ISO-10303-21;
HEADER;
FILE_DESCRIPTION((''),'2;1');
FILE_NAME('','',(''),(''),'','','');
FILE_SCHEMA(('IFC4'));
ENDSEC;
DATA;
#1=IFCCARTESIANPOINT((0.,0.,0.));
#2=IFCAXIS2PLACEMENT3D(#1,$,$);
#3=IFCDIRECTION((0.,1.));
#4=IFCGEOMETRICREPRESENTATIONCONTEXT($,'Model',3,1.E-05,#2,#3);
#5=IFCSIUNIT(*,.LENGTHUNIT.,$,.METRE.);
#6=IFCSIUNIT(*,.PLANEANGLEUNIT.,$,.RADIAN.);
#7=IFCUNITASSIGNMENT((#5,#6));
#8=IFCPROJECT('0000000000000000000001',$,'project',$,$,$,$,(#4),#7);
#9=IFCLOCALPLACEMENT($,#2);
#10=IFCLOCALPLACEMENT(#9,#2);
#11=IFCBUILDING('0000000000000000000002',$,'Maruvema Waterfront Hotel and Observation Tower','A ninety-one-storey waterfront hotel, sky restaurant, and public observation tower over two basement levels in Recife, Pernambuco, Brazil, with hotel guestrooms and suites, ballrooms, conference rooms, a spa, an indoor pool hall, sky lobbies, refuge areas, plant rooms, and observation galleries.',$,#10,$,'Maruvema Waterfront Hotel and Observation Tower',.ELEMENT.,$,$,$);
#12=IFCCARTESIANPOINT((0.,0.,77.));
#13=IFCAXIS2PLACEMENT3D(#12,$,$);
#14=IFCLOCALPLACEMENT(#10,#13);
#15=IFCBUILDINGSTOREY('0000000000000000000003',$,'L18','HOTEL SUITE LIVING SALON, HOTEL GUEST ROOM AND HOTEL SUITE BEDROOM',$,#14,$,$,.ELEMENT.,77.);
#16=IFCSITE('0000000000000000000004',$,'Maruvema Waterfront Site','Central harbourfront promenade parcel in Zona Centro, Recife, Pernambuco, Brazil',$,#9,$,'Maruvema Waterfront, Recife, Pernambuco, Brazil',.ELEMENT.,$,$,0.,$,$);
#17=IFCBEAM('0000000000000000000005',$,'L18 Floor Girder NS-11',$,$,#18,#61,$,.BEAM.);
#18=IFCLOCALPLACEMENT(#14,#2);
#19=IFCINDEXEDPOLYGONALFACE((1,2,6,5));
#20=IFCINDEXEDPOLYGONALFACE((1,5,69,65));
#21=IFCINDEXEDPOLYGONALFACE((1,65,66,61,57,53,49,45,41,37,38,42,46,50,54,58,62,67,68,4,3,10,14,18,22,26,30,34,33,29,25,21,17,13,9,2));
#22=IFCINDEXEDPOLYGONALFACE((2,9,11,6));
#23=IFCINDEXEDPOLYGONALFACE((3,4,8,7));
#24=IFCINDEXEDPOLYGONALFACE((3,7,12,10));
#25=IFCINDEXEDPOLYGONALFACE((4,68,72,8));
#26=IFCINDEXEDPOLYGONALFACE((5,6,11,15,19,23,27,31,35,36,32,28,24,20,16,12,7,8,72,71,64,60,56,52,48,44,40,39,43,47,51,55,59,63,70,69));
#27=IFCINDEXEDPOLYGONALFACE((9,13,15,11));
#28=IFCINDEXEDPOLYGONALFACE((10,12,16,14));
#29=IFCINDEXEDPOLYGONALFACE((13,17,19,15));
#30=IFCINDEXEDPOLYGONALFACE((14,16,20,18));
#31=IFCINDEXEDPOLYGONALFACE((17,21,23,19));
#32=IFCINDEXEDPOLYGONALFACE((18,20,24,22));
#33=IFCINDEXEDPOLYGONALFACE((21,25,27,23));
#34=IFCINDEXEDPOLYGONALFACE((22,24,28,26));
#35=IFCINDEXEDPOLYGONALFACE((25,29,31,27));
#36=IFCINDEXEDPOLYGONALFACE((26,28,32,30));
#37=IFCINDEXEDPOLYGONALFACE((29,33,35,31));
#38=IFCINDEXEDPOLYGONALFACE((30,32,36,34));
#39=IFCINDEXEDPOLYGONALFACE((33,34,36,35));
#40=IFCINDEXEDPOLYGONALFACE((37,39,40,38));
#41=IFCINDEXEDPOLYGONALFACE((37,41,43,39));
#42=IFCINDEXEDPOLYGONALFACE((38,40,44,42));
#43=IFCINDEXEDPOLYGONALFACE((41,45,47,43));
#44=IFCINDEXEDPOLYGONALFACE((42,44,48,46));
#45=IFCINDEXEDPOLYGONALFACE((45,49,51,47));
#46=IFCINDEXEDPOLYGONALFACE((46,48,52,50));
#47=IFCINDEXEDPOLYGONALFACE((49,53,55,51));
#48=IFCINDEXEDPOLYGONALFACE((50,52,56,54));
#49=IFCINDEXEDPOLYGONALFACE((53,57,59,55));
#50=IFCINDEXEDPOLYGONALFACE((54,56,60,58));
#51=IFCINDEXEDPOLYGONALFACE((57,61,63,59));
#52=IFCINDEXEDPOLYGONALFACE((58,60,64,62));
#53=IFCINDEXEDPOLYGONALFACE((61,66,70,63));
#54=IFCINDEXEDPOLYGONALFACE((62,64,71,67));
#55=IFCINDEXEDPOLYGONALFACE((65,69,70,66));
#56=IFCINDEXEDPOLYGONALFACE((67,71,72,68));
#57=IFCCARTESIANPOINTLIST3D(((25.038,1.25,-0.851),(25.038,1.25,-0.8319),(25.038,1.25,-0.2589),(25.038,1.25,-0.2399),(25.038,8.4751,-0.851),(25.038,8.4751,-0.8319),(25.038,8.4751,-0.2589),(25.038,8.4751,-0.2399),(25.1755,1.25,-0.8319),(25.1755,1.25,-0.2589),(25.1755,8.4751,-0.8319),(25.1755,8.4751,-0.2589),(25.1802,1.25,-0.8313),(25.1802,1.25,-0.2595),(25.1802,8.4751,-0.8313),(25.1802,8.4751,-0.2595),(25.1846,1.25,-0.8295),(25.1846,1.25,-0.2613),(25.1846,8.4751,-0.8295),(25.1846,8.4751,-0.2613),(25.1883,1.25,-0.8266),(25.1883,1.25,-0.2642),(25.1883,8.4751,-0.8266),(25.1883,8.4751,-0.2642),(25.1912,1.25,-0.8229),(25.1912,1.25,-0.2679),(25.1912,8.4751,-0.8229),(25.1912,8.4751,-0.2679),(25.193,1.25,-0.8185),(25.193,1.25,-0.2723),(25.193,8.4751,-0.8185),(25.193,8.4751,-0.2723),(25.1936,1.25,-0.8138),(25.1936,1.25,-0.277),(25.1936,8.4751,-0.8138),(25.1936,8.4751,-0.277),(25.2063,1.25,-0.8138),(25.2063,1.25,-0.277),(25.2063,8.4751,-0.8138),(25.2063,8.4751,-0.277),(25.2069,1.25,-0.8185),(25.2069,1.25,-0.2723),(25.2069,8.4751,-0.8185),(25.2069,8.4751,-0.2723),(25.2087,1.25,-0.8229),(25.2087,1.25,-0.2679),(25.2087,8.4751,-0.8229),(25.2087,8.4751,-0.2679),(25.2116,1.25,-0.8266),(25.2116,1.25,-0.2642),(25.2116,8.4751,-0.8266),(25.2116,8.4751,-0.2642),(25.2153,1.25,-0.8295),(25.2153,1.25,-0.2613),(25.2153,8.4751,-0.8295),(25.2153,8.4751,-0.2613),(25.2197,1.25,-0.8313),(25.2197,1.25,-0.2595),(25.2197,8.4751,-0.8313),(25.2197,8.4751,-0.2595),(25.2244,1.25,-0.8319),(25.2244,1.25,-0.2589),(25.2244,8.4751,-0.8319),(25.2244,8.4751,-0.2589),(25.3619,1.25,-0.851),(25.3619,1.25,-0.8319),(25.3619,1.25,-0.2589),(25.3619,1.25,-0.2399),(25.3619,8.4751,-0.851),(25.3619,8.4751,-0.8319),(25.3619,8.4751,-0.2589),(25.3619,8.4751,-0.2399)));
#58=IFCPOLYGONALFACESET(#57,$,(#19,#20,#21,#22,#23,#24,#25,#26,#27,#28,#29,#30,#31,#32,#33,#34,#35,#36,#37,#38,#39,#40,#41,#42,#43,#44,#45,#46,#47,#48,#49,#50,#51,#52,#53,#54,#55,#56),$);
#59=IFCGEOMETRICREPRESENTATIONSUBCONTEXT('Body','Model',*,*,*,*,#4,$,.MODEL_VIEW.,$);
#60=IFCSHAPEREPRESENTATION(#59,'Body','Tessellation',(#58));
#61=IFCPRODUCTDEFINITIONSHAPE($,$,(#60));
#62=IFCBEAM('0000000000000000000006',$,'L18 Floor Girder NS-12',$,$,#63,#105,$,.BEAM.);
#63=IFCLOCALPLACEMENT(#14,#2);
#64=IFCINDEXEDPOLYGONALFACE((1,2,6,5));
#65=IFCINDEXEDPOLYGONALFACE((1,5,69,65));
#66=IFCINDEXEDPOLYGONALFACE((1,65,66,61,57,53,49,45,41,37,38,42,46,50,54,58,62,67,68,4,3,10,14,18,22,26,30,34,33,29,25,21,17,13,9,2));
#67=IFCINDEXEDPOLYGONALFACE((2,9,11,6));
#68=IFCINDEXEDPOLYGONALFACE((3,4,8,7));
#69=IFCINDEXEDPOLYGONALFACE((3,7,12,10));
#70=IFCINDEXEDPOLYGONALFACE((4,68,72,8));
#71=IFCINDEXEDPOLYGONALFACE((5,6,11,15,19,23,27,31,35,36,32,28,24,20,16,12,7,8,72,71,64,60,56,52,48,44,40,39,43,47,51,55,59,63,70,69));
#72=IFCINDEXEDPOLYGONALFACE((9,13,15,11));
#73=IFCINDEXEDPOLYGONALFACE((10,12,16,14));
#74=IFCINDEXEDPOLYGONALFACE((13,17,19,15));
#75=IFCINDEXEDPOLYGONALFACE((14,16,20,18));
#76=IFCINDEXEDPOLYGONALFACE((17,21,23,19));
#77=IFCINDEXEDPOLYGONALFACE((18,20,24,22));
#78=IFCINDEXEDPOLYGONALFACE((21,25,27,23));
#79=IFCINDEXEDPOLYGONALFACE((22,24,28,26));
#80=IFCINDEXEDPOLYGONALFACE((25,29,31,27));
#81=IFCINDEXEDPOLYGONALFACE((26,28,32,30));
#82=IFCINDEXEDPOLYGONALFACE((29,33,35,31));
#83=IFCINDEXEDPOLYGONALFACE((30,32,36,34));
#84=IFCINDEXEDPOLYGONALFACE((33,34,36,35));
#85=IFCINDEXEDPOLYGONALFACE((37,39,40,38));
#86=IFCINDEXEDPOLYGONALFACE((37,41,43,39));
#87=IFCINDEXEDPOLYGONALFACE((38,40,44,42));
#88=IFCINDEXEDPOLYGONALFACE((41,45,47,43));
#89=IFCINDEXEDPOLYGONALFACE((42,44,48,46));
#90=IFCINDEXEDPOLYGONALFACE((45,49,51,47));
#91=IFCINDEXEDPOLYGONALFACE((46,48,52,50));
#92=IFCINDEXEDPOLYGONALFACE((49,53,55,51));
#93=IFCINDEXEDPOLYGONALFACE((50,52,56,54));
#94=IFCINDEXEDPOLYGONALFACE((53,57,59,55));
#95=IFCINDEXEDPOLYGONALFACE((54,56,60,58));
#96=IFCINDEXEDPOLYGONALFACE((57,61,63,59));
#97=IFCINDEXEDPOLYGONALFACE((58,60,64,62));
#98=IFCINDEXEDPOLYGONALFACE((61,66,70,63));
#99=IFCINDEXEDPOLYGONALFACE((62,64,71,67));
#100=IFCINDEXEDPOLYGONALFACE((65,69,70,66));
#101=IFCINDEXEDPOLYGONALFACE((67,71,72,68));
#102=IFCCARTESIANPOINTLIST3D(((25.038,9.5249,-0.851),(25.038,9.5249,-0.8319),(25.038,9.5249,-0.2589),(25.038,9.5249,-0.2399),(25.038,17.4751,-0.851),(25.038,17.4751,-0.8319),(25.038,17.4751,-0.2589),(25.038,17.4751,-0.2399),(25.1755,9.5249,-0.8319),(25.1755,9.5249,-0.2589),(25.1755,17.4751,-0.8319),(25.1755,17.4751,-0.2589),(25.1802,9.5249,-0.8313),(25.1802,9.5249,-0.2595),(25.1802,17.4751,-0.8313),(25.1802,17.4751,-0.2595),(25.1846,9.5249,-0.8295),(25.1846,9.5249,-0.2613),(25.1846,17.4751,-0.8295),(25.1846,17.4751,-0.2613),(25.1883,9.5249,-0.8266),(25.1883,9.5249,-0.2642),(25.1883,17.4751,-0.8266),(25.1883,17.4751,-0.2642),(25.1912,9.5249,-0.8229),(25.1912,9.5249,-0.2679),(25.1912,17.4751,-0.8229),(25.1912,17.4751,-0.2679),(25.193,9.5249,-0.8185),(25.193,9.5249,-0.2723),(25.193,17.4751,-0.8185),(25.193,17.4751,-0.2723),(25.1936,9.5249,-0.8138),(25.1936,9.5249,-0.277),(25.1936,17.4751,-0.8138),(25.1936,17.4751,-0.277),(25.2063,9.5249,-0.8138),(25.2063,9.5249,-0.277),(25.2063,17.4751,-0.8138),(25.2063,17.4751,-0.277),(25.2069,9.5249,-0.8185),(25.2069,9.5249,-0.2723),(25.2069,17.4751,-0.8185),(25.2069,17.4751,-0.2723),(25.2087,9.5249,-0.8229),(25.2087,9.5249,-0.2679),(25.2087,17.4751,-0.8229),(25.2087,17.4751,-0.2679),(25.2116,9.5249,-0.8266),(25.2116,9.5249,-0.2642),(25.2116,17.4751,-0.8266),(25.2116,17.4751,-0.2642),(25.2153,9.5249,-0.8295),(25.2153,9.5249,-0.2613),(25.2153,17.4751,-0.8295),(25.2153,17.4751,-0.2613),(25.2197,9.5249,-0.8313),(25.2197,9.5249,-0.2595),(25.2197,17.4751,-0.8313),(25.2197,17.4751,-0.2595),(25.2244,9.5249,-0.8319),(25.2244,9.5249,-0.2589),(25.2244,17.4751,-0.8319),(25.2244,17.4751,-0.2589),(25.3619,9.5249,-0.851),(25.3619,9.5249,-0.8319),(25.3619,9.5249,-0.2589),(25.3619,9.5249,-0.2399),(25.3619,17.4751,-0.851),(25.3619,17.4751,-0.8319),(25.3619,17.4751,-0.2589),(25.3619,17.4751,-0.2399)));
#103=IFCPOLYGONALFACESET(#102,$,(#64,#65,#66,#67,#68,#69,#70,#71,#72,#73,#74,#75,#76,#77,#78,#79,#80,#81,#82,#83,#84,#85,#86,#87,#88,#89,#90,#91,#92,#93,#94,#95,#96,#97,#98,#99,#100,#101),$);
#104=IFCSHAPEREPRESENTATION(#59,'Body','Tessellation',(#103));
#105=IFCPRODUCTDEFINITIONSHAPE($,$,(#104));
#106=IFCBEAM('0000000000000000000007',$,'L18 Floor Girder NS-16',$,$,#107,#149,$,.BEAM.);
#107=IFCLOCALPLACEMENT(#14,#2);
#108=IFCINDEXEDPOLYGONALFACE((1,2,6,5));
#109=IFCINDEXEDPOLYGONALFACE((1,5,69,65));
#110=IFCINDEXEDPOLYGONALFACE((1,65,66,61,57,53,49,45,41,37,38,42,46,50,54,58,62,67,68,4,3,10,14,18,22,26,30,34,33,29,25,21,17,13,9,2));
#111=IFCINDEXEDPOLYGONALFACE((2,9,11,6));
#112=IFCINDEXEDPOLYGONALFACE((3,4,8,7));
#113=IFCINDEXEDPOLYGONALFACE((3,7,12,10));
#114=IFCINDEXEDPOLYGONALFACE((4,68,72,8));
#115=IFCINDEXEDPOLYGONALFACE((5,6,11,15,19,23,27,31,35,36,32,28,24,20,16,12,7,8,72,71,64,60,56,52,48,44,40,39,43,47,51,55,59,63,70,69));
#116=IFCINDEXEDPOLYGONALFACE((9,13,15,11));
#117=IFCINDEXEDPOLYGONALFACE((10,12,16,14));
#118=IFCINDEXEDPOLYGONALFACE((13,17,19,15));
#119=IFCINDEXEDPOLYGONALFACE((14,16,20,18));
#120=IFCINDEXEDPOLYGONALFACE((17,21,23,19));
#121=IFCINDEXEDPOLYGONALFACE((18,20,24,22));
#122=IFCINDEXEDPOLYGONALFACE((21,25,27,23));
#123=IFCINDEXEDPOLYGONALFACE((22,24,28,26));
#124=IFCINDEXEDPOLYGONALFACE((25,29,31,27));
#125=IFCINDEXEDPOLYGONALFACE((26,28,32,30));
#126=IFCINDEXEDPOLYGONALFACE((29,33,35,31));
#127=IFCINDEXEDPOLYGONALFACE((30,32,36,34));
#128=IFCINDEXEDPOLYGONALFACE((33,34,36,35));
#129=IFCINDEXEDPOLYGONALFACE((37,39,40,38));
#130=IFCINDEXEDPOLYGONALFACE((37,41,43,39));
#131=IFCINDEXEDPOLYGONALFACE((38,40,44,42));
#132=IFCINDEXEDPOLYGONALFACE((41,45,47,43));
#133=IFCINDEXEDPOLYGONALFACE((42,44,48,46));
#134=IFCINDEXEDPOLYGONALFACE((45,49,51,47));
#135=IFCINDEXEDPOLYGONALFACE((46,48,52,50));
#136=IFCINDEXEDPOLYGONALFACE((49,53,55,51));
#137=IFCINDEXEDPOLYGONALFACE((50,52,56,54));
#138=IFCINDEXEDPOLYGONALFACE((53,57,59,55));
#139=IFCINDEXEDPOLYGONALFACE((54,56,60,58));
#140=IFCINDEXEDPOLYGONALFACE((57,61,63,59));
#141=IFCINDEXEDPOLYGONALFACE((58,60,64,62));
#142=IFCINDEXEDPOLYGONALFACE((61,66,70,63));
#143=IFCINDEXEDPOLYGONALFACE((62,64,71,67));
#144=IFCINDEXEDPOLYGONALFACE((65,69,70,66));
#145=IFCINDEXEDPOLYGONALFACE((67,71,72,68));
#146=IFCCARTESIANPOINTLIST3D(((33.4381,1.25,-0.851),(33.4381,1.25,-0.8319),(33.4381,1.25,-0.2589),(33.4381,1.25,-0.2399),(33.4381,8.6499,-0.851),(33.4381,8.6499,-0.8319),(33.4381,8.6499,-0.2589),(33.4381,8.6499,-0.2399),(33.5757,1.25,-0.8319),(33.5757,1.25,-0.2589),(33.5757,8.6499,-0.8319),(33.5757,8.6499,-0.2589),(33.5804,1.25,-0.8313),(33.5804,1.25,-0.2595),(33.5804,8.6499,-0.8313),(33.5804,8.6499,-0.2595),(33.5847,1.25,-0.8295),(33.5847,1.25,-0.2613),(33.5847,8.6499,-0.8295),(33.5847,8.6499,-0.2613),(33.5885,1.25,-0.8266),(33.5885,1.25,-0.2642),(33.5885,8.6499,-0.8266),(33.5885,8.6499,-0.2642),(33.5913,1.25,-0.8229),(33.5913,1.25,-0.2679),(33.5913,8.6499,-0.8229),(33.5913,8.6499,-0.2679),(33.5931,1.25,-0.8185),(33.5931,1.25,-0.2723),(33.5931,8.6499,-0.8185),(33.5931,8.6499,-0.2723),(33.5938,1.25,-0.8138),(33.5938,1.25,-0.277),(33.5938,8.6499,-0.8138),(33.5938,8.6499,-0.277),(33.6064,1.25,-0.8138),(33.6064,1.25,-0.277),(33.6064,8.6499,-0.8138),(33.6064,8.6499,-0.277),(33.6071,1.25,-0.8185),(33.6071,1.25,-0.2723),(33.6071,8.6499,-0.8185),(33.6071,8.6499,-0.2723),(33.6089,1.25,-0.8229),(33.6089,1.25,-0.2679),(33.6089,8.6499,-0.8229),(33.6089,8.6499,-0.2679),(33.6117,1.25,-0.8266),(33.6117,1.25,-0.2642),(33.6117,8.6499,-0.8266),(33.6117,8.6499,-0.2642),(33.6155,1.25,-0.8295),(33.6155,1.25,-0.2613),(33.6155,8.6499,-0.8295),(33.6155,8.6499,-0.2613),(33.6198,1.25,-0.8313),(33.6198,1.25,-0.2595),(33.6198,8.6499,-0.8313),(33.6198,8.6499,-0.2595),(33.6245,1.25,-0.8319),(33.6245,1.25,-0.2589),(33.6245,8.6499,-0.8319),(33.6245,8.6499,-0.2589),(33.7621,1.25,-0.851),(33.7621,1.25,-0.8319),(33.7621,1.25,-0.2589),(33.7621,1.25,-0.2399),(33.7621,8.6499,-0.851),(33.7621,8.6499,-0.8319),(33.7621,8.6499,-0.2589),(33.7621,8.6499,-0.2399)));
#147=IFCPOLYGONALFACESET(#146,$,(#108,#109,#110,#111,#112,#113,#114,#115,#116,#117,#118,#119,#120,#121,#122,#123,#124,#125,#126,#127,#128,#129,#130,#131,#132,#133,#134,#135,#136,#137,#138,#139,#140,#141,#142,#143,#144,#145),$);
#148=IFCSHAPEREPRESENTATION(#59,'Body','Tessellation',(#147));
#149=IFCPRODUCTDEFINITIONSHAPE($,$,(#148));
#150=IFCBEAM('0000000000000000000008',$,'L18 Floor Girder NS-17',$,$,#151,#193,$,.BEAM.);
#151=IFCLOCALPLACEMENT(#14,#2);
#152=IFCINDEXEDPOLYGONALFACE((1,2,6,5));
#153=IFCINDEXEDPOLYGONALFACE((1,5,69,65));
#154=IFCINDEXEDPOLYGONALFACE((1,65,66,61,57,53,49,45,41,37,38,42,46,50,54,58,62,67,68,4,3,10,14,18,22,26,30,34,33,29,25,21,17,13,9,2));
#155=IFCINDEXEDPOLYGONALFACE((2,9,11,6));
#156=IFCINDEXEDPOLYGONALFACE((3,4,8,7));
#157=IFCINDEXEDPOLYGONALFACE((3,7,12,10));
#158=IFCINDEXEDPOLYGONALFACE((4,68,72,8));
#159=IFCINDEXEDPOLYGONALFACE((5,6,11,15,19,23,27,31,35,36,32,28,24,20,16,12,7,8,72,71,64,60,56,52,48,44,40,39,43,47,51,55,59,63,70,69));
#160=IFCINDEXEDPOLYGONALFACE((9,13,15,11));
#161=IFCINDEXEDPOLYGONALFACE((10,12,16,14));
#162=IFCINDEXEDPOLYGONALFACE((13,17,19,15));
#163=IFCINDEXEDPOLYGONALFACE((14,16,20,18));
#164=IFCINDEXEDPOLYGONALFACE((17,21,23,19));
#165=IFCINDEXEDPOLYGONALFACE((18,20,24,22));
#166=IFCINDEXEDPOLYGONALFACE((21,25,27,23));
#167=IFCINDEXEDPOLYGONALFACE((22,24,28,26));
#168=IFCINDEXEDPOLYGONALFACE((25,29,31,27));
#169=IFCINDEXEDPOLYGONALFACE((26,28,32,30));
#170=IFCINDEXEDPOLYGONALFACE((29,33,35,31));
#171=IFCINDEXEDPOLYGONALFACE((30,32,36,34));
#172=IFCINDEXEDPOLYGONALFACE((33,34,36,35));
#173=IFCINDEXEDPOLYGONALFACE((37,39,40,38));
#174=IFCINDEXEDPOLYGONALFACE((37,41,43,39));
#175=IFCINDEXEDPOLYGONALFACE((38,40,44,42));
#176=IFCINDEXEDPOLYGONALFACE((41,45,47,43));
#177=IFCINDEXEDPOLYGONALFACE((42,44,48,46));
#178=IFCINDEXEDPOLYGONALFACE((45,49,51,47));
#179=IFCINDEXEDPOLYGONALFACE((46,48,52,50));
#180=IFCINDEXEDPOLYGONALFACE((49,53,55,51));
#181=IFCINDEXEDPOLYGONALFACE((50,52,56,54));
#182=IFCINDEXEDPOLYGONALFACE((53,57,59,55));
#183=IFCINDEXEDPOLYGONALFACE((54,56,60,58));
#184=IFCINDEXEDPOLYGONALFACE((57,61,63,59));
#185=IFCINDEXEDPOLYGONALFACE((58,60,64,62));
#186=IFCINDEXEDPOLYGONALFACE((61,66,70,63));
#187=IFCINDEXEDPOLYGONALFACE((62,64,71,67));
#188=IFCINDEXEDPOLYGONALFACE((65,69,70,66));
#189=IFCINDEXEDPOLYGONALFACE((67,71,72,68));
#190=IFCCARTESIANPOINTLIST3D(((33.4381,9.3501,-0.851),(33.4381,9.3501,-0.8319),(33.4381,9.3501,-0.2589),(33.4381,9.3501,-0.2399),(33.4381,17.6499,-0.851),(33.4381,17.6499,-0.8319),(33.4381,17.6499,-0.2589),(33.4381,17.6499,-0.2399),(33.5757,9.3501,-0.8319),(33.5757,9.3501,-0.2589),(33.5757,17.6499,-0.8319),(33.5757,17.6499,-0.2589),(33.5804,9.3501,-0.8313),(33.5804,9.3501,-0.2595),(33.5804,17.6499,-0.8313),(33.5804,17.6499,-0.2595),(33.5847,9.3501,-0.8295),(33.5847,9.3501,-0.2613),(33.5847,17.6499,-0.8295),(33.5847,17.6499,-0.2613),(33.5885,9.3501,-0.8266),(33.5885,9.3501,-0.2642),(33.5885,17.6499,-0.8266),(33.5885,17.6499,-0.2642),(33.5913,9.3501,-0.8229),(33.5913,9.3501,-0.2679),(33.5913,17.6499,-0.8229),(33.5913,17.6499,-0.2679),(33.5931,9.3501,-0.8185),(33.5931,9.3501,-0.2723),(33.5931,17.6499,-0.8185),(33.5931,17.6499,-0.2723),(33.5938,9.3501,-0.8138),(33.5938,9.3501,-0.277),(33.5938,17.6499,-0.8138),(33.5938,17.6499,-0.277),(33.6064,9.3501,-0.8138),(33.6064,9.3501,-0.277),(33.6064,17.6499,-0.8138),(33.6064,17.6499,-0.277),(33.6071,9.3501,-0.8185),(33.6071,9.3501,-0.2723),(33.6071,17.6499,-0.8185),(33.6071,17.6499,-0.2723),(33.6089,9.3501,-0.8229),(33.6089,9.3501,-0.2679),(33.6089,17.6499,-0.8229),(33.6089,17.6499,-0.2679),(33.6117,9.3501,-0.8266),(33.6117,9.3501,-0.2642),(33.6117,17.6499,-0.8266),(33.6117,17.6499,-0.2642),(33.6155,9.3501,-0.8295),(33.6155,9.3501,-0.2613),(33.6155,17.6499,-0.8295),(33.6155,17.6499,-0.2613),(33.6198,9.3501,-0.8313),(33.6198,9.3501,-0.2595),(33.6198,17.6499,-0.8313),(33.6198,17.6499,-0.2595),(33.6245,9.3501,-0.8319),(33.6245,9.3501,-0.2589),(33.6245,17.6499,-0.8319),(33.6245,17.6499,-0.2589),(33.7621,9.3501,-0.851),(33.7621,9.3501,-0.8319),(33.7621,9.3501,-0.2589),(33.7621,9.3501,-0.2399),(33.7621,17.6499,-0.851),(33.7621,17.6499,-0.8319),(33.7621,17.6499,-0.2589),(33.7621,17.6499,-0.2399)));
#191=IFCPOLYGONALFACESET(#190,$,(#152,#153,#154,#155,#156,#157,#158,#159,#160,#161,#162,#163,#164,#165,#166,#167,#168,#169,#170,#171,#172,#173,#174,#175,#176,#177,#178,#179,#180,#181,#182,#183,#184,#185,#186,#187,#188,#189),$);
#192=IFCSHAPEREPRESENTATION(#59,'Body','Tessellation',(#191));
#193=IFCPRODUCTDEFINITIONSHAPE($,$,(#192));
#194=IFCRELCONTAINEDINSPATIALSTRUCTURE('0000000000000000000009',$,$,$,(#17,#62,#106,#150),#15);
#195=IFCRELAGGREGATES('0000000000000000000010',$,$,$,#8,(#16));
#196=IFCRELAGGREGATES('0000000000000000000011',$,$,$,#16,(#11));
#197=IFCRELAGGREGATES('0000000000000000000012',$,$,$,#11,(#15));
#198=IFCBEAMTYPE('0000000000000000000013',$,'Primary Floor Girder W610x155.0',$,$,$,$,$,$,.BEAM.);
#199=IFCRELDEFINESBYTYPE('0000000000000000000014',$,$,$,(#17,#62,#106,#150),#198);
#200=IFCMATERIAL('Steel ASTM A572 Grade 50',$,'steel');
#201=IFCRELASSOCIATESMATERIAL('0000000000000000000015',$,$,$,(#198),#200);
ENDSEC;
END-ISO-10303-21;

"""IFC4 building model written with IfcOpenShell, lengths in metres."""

from ifc_helpers import new_model, si_unit, direction, frame, origin, origin_2d, place, context, subcontext, project, spatial, i_section, extrude, material, material_profile, profile_set, type_object, element, save


model = new_model("IFC4")

# Units and contexts
model_context = context("Model", 3, precision=1e-05, world=origin(), true_north=direction((0.0, 1.0)))
body_context = subcontext(model_context, "Body", "Model", "MODEL_VIEW")
ifc_project = project(units=[si_unit("LENGTHUNIT", "METRE"), si_unit("PLANEANGLEUNIT", "RADIAN")], contexts=[model_context])

# Site, building, storey
site_placement = place(None, origin())
site = spatial("IfcSite", under=ifc_project, at=site_placement, Name="Maruvema Waterfront Site", Description="Central harbourfront promenade parcel in Zona Centro, Recife, Pernambuco, Brazil", LongName="Maruvema Waterfront, Recife, Pernambuco, Brazil", CompositionType="ELEMENT", RefElevation=0.0)
building_placement = place(site_placement, origin())
building = spatial("IfcBuilding", under=site, at=building_placement, Name="Maruvema Waterfront Hotel and Observation Tower", Description="A ninety-one-storey waterfront hotel, sky restaurant, and public observation tower over two basement levels in Recife, Pernambuco, Brazil, with hotel guestrooms and suites, ballrooms, conference rooms, a spa, an indoor pool hall, sky lobbies, refuge areas, plant rooms, and observation galleries.", LongName="Maruvema Waterfront Hotel and Observation Tower", CompositionType="ELEMENT")
storey_placement = place(building_placement, frame((0.0, 0.0, 77.0)))
storey = spatial("IfcBuildingStorey", under=building, at=storey_placement, Name="L18", Description="HOTEL SUITE LIVING SALON, HOTEL GUEST ROOM AND HOTEL SUITE BEDROOM", CompositionType="ELEMENT", Elevation=77.0)

# Beams
ifc_material_1 = material(Name="Steel ASTM A572 Grade 50", Category="steel")
ifc_material_profile_1 = material_profile(ifc_material_1, i_section(OverallWidth=0.324, OverallDepth=0.6111, WebThickness=0.0127, FlangeThickness=0.019, FilletRadius=0.0181, at=origin_2d()), Name="W610x155.0")
ifc_profile_set_1 = profile_set([ifc_material_profile_1], Name="Steel ASTM A572 Grade 50")
beam_type_1 = type_object("IfcBeamType", Name="Primary Floor Girder W610x155.0", PredefinedType="BEAM", material=ifc_profile_set_1)
beam_1_placement = place(storey_placement, frame((25.2, 1.25, -0.5454), z_axis=(0.0, 1.0, 0.0), x_axis=(-1.0, 0.0, 0.0)))
element("IfcBeam", 1, at=beam_1_placement, inside=storey, type_object=beam_type_1, Name="L18 Floor Girder NS-11", PredefinedType="BEAM", context=body_context, shape_type="SweptSolid", body=[
    extrude(i_section(OverallWidth=0.324, OverallDepth=0.6111, WebThickness=0.0127, FlangeThickness=0.019, FilletRadius=0.0181, at=origin_2d()), origin(), (0.0, 0.0, 1.0), 7.2251),
])
beam_2_placement = place(storey_placement, frame((25.2, 9.5249, -0.5454), z_axis=(0.0, 1.0, 0.0), x_axis=(-1.0, 0.0, 0.0)))
element("IfcBeam", 2, at=beam_2_placement, inside=storey, type_object=beam_type_1, Name="L18 Floor Girder NS-12", PredefinedType="BEAM", context=body_context, shape_type="SweptSolid", body=[
    extrude(i_section(OverallWidth=0.324, OverallDepth=0.6111, WebThickness=0.0127, FlangeThickness=0.019, FilletRadius=0.0181, at=origin_2d()), origin(), (0.0, 0.0, 1.0), 7.9502),
])
beam_3_placement = place(storey_placement, frame((33.6001, 1.25, -0.5454), z_axis=(0.0, 1.0, 0.0), x_axis=(-1.0, 0.0, 0.0)))
element("IfcBeam", 3, at=beam_3_placement, inside=storey, type_object=beam_type_1, Name="L18 Floor Girder NS-16", PredefinedType="BEAM", context=body_context, shape_type="SweptSolid", body=[
    extrude(i_section(OverallWidth=0.324, OverallDepth=0.6111, WebThickness=0.0127, FlangeThickness=0.019, FilletRadius=0.0181, at=origin_2d()), origin(), (0.0, 0.0, 1.0), 7.3999),
])
beam_4_placement = place(storey_placement, frame((33.6001, 9.3501, -0.5454), z_axis=(0.0, 1.0, 0.0), x_axis=(-1.0, 0.0, 0.0)))
element("IfcBeam", 4, at=beam_4_placement, inside=storey, type_object=beam_type_1, Name="L18 Floor Girder NS-17", PredefinedType="BEAM", context=body_context, shape_type="SweptSolid", body=[
    extrude(i_section(OverallWidth=0.324, OverallDepth=0.6111, WebThickness=0.0127, FlangeThickness=0.019, FilletRadius=0.0181, at=origin_2d()), origin(), (0.0, 0.0, 1.0), 8.2998),
])

save(model, "model.ifc")
